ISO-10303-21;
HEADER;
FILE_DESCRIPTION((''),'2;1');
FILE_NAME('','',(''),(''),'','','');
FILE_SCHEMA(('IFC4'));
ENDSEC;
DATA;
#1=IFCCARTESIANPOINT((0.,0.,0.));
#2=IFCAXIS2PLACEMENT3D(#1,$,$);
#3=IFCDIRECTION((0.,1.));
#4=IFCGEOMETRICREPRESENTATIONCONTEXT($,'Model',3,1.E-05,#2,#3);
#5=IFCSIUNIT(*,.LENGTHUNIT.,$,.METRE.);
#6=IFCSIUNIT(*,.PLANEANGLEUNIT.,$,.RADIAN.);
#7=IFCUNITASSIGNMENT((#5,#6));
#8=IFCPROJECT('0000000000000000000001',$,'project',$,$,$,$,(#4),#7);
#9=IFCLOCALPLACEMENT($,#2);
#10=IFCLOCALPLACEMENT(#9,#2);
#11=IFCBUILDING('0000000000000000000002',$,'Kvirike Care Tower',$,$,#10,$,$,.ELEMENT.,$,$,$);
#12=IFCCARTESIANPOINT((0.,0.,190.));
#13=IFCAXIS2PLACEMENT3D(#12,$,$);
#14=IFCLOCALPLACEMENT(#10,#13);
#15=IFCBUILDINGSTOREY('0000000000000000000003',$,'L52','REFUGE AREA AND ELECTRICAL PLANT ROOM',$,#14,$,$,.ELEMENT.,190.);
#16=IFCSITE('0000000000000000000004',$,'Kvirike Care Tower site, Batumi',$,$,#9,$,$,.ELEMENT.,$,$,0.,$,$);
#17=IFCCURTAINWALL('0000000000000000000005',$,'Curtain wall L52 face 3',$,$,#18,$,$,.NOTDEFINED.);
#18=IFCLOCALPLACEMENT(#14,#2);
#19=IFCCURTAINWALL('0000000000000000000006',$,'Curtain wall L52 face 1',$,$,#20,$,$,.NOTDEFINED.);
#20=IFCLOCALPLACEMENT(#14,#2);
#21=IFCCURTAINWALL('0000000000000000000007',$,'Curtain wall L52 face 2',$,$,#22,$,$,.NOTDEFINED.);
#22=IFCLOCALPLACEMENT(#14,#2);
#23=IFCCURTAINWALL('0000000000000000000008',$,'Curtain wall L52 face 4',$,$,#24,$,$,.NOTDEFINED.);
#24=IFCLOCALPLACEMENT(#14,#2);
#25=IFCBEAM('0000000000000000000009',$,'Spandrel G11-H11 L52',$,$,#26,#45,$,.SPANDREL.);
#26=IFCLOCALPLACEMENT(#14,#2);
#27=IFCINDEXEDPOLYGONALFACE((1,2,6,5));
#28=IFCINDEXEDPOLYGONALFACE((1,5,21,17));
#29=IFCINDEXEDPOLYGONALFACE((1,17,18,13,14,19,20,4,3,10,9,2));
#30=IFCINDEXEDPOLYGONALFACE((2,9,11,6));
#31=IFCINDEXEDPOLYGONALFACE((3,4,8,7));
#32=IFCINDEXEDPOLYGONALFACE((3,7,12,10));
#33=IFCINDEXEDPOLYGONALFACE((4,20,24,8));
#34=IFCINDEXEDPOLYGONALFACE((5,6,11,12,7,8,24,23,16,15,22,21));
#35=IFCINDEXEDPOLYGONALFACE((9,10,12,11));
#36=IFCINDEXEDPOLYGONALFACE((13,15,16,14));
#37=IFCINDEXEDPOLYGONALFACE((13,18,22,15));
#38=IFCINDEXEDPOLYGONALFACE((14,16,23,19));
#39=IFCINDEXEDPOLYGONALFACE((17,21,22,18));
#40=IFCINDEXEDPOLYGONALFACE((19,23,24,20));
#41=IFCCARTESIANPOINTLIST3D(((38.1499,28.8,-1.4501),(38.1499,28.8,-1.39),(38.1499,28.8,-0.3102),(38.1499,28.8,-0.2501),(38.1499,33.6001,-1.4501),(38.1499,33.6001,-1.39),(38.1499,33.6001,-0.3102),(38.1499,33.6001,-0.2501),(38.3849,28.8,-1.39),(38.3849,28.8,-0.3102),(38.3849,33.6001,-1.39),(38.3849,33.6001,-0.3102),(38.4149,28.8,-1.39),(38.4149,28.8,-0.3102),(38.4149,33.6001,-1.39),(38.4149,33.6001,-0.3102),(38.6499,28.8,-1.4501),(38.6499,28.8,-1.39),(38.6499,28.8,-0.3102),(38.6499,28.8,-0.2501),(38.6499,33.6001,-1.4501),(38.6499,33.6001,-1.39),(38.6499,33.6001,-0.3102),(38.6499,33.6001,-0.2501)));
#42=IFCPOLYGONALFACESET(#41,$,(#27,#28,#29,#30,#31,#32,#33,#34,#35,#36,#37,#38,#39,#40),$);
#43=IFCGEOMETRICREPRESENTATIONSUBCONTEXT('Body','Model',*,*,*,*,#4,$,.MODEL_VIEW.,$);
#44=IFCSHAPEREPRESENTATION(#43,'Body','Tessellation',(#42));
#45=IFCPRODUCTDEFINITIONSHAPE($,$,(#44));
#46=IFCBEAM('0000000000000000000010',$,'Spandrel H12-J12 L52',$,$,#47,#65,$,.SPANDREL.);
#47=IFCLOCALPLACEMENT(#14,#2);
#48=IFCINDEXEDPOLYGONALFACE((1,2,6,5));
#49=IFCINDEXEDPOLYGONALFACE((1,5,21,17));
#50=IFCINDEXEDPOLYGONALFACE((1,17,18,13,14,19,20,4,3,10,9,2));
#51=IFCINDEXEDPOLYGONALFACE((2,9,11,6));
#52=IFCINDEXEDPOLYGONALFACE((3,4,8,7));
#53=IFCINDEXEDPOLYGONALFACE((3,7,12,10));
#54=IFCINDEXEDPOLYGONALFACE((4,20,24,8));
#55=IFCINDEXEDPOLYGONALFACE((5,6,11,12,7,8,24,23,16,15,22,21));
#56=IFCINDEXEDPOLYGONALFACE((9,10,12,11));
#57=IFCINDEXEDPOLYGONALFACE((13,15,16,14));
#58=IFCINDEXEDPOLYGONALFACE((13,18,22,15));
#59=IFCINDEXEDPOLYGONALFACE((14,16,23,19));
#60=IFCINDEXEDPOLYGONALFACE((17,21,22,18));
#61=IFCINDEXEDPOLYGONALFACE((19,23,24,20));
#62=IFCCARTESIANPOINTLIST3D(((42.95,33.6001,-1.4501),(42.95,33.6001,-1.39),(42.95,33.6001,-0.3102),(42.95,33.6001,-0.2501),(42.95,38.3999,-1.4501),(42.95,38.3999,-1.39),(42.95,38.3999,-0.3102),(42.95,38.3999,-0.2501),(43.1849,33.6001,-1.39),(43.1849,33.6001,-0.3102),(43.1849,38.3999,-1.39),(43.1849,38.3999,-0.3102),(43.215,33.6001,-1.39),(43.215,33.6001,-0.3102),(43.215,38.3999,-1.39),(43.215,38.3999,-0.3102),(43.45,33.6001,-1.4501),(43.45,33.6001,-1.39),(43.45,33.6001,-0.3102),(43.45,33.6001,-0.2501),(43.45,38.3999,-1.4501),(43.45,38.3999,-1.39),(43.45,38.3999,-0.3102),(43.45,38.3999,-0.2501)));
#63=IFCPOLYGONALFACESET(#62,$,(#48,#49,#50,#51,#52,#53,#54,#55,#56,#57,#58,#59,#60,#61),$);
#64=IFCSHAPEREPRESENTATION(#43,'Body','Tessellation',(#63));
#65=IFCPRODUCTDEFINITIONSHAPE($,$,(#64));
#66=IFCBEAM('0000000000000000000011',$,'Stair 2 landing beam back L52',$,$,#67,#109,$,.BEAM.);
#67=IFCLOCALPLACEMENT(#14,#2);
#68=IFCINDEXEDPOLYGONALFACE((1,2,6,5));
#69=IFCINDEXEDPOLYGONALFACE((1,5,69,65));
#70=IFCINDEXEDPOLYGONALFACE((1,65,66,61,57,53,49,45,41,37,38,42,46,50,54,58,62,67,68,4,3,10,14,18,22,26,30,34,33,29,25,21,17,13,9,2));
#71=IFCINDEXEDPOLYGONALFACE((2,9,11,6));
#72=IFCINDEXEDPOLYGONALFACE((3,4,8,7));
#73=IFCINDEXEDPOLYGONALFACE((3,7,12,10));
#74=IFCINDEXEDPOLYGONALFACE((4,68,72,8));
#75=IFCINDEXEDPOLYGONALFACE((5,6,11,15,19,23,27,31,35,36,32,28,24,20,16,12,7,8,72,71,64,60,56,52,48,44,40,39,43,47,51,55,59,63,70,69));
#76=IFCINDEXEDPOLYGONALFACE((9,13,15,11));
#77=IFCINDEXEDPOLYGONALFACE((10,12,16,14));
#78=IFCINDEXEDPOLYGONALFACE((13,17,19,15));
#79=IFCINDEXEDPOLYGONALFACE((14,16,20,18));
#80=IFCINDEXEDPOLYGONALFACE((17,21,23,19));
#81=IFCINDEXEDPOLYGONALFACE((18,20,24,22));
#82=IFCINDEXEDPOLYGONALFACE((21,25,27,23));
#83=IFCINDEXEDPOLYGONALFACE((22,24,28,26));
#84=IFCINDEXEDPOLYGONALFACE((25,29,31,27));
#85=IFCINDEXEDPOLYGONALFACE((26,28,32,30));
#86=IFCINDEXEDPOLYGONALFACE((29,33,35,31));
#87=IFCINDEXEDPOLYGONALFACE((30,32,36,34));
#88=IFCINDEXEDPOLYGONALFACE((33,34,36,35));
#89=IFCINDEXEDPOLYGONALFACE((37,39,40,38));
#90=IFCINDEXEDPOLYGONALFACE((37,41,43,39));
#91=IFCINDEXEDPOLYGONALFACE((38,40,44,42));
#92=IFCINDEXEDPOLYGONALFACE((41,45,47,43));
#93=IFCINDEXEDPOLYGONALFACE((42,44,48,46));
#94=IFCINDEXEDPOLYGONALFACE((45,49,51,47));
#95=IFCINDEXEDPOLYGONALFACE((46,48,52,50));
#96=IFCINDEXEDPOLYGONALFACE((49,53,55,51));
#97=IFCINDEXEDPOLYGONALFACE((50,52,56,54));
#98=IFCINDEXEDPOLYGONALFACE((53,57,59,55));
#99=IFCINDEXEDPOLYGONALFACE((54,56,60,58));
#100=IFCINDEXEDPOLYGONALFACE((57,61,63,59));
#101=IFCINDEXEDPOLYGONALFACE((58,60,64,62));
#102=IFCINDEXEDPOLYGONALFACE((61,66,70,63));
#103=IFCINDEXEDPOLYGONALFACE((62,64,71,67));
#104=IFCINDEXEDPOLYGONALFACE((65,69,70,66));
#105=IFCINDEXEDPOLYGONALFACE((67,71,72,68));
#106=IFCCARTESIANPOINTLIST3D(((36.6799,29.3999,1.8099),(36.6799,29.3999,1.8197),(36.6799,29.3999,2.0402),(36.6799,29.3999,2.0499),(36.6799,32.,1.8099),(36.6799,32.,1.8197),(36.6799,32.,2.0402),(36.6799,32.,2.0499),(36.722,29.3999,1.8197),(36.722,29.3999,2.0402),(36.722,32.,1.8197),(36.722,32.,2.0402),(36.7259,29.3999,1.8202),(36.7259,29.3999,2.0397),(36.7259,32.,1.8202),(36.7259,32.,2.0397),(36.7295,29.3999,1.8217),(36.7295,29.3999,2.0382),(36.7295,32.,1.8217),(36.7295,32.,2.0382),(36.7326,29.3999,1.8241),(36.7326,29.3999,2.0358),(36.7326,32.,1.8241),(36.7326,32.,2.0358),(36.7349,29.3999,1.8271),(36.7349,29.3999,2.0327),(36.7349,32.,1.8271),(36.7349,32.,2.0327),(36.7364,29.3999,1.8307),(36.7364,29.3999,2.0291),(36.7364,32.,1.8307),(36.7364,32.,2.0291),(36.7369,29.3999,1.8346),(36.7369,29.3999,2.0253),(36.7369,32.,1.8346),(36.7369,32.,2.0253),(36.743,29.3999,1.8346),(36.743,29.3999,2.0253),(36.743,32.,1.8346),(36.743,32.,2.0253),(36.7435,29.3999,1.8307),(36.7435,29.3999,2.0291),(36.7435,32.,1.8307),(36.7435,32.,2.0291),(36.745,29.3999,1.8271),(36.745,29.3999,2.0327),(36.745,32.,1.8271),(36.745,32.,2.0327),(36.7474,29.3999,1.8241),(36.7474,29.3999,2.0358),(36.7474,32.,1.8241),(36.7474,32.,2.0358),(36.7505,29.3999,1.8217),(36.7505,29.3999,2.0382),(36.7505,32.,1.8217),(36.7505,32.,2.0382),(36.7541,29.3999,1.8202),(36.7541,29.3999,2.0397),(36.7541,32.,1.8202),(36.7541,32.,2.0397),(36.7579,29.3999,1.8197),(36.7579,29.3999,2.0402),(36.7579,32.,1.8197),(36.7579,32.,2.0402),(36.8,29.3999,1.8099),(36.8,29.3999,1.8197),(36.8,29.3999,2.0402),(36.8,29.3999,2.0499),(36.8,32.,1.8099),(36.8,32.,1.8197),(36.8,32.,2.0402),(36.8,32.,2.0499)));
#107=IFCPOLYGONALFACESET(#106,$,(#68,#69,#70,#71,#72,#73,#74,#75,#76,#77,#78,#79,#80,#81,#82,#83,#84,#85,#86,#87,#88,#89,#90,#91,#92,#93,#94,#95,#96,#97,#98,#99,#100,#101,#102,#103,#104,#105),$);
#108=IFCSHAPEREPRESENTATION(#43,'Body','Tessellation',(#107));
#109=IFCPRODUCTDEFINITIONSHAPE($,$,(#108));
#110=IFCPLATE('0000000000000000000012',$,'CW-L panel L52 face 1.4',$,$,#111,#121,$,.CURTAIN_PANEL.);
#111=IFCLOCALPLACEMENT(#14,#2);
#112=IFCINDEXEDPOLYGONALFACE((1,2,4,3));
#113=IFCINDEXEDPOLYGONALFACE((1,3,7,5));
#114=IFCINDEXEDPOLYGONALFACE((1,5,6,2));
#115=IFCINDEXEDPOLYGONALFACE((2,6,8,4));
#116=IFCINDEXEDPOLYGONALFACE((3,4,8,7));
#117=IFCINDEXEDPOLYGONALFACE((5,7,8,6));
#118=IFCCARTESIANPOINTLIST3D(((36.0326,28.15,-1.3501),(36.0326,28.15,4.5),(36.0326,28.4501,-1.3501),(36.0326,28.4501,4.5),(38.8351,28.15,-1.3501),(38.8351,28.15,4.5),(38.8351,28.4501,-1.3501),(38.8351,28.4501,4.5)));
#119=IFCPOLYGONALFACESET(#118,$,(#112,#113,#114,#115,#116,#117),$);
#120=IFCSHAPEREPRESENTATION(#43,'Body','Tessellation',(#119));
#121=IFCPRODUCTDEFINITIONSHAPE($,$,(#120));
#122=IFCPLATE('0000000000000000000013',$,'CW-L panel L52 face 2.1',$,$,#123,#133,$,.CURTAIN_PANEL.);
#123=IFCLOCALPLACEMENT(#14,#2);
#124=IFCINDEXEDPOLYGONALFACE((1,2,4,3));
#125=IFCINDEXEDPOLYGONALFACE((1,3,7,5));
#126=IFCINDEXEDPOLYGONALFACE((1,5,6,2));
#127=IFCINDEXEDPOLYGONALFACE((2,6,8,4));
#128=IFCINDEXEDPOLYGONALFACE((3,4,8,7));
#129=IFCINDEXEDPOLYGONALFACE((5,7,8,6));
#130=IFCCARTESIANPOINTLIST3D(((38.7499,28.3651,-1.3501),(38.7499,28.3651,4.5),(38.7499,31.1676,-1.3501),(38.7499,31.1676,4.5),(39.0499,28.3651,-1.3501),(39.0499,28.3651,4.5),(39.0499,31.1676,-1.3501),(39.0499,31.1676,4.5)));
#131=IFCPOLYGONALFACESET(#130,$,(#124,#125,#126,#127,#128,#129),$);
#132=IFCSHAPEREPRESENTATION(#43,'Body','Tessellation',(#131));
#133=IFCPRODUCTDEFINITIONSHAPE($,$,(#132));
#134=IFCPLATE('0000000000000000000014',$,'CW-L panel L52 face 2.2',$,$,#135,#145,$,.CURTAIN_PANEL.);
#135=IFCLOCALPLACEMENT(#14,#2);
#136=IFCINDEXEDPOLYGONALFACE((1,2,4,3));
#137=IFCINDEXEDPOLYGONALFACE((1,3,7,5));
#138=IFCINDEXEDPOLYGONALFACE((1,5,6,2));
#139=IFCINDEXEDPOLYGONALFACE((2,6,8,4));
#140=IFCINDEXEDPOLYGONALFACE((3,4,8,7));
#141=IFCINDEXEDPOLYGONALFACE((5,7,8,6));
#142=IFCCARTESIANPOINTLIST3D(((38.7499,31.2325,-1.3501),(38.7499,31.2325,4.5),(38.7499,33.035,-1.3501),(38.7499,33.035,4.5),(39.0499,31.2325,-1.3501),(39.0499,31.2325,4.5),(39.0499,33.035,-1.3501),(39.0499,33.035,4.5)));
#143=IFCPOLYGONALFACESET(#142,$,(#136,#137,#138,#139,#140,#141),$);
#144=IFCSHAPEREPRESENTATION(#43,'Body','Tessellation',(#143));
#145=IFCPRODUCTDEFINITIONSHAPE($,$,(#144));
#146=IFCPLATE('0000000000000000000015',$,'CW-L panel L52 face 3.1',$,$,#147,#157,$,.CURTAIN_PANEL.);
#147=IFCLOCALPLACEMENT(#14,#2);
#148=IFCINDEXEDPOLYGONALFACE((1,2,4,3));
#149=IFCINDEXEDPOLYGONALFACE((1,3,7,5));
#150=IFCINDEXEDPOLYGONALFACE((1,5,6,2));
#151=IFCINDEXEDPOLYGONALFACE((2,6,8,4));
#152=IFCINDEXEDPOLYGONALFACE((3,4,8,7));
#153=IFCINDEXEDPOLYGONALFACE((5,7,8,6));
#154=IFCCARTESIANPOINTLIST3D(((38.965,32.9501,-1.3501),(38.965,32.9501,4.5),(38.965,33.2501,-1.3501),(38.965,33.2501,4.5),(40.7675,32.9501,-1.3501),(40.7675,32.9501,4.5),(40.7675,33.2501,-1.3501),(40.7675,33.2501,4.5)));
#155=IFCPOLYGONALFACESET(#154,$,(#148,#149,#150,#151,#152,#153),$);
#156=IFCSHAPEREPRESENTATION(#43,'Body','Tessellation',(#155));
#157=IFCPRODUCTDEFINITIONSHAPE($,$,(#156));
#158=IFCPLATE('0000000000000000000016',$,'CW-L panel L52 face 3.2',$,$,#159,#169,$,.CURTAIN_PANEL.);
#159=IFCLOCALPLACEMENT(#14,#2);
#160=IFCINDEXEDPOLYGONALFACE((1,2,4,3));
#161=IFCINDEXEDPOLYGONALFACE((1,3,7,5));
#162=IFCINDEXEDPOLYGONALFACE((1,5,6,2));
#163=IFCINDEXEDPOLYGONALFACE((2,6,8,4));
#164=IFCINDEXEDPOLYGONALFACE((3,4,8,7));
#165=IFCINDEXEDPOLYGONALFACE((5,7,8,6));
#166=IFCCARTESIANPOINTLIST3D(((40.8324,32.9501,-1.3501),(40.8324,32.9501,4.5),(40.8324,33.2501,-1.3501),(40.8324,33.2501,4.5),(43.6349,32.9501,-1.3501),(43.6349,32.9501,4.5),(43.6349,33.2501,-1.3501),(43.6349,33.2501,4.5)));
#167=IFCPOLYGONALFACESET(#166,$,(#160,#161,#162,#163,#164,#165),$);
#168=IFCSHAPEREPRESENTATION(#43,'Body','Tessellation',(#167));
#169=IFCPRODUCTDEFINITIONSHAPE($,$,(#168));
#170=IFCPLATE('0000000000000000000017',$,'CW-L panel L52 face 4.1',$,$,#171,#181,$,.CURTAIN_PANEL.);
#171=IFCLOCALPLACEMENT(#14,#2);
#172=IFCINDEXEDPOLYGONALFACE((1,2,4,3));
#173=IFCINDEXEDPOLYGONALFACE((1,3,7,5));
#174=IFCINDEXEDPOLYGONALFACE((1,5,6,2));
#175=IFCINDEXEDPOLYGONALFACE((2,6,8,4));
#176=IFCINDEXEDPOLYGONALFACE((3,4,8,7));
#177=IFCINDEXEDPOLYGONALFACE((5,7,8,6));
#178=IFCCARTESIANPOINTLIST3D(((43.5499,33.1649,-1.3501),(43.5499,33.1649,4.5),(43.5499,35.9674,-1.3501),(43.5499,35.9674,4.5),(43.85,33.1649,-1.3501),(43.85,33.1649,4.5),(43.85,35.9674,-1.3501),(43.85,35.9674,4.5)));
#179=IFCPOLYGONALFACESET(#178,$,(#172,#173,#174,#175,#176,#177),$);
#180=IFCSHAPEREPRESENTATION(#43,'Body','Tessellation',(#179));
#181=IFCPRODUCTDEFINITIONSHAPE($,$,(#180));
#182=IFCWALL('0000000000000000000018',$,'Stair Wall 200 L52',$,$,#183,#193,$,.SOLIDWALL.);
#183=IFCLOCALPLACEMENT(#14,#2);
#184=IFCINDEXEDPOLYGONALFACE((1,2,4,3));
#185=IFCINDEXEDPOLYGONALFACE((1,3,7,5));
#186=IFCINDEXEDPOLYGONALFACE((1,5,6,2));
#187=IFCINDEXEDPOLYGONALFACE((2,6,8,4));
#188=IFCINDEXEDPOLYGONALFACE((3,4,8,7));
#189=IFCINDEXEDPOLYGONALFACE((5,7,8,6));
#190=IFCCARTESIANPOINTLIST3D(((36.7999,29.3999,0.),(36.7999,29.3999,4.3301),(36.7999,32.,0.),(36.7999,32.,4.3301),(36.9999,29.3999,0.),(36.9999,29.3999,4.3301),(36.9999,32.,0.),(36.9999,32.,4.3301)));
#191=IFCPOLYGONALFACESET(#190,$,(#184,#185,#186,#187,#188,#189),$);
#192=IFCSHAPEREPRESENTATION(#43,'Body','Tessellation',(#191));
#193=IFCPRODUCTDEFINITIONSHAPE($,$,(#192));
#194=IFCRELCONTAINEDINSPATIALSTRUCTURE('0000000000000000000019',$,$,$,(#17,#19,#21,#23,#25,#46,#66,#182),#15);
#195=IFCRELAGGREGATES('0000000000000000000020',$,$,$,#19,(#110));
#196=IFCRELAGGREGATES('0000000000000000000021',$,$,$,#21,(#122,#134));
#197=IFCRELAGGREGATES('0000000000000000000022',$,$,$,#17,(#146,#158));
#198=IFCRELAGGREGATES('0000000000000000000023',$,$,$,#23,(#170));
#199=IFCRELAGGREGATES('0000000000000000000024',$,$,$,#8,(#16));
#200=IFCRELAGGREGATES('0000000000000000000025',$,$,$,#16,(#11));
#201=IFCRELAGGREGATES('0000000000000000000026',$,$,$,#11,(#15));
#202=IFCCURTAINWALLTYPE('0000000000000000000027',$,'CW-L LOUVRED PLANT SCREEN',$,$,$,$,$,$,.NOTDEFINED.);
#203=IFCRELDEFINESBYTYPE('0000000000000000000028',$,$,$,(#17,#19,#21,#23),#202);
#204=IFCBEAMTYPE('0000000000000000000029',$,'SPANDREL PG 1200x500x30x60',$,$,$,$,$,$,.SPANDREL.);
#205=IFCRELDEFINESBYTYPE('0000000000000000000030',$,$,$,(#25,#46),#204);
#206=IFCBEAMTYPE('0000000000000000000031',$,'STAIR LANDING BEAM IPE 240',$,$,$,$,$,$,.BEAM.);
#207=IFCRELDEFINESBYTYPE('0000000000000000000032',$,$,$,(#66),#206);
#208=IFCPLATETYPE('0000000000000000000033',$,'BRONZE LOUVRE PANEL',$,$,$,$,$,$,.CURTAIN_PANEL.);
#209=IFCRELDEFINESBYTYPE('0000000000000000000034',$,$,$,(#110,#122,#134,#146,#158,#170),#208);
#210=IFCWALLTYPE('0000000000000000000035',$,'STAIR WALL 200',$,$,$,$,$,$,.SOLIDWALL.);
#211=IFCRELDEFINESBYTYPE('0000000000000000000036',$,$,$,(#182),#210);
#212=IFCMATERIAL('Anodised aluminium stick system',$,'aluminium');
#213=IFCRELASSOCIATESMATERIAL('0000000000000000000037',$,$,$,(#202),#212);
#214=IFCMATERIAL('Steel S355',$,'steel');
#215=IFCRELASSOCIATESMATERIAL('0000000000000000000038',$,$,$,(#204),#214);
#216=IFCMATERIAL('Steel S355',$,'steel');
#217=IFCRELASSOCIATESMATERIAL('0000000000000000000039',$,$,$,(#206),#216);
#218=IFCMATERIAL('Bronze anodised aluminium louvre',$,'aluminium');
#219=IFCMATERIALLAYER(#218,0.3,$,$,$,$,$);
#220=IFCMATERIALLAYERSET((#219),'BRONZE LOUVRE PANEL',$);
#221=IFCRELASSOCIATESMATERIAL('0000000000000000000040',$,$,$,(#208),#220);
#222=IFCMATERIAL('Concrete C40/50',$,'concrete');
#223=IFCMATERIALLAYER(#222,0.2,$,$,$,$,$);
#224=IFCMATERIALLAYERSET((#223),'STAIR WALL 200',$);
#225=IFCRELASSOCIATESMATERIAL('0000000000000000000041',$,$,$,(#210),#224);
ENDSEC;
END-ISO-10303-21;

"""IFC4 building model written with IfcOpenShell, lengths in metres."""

from ifc_helpers import new_model, si_unit, direction, frame, frame_2d, origin, origin_2d, place, context, subcontext, project, spatial, rectangle, i_section, extrude, material, layer, layer_set, material_profile, profile_set, type_object, element, aggregate, save


model = new_model("IFC4")

# Units and contexts
model_context = context("Model", 3, precision=1e-05, world=origin(), true_north=direction((0.0, 1.0)))
body_context = subcontext(model_context, "Body", "Model", "MODEL_VIEW")
ifc_project = project(units=[si_unit("LENGTHUNIT", "METRE"), si_unit("PLANEANGLEUNIT", "RADIAN")], contexts=[model_context])

# Site, building, storey
site_placement = place(None, origin())
site = spatial("IfcSite", under=ifc_project, at=site_placement, Name="Kvirike Care Tower site, Batumi", CompositionType="ELEMENT", RefElevation=0.0)
building_placement = place(site_placement, origin())
building = spatial("IfcBuilding", under=site, at=building_placement, Name="Kvirike Care Tower", CompositionType="ELEMENT")
storey_placement = place(building_placement, frame((0.0, 0.0, 190.0)))
storey = spatial("IfcBuildingStorey", under=building, at=storey_placement, Name="L52", Description="REFUGE AREA AND ELECTRICAL PLANT ROOM", CompositionType="ELEMENT", Elevation=190.0)

# Curtain walls
ifc_material_1 = material(Name="Anodised aluminium stick system", Category="aluminium")
curtain_wall_type = type_object("IfcCurtainWallType", Name="CW-L LOUVRED PLANT SCREEN", PredefinedType="NOTDEFINED", material=ifc_material_1)
curtain_wall_1_placement = place(storey_placement, origin())
curtain_wall_1 = element("IfcCurtainWall", 1, at=curtain_wall_1_placement, inside=storey, type_object=curtain_wall_type, Name="Curtain wall L52 face 3", PredefinedType="NOTDEFINED")
curtain_wall_2_placement = place(storey_placement, origin())
curtain_wall_2 = element("IfcCurtainWall", 2, at=curtain_wall_2_placement, inside=storey, type_object=curtain_wall_type, Name="Curtain wall L52 face 1", PredefinedType="NOTDEFINED")

# Curtain wall
curtain_wall_3_placement = place(storey_placement, origin())
curtain_wall_3 = element("IfcCurtainWall", 3, at=curtain_wall_3_placement, inside=storey, type_object=curtain_wall_type, Name="Curtain wall L52 face 2", PredefinedType="NOTDEFINED")

# Curtain wall
curtain_wall_4_placement = place(storey_placement, origin())
curtain_wall_4 = element("IfcCurtainWall", 4, at=curtain_wall_4_placement, inside=storey, type_object=curtain_wall_type, Name="Curtain wall L52 face 4", PredefinedType="NOTDEFINED")

# Beams
ifc_material_2 = material(Name="Steel S355", Category="steel")
ifc_material_profile_1 = material_profile(ifc_material_2, i_section(OverallWidth=0.5, OverallDepth=1.2, WebThickness=0.03, FlangeThickness=0.0601, at=origin_2d()), Name="PG 1200x500x30x60")
ifc_profile_set_1 = profile_set([ifc_material_profile_1], Name="Steel S355")
beam_type_1 = type_object("IfcBeamType", Name="SPANDREL PG 1200x500x30x60", PredefinedType="SPANDREL", material=ifc_profile_set_1)
for number, where, z_axis, x_axis, name in (
    (5, (38.3999, 28.8, -0.8501), (0.0, 1.0, 0.0), (-1.0, 0.0, 0.0), "Spandrel G11-H11 L52"),
):
    element("IfcBeam", number, at=place(storey_placement, frame(where, z_axis=z_axis, x_axis=x_axis)), inside=storey, type_object=beam_type_1, Name=name, PredefinedType="SPANDREL", context=body_context, shape_type="SweptSolid", body=[
        extrude(i_section(OverallWidth=0.5, OverallDepth=1.2, WebThickness=0.03, FlangeThickness=0.0601, at=origin_2d()), origin(), (0.0, 0.0, 1.0), 4.8),
    ])
beam_1_placement = place(storey_placement, frame((43.2, 33.6001, -0.8501), z_axis=(0.0, 1.0, 0.0), x_axis=(-1.0, 0.0, 0.0)))
element("IfcBeam", 6, at=beam_1_placement, inside=storey, type_object=beam_type_1, Name="Spandrel H12-J12 L52", PredefinedType="SPANDREL", context=body_context, shape_type="SweptSolid", body=[
    extrude(i_section(OverallWidth=0.5, OverallDepth=1.2, WebThickness=0.03, FlangeThickness=0.0601, at=origin_2d()), origin(), (0.0, 0.0, 1.0), 4.7998),
])
ifc_material_3 = material(Name="Steel S355", Category="steel")
ifc_material_profile_2 = material_profile(ifc_material_3, i_section(OverallWidth=0.1201, OverallDepth=0.24, WebThickness=0.0061, FlangeThickness=0.0098, FilletRadius=0.0149, at=origin_2d()), Name="IPE 240")
ifc_profile_set_2 = profile_set([ifc_material_profile_2], Name="Steel S355")
beam_type_2 = type_object("IfcBeamType", Name="STAIR LANDING BEAM IPE 240", PredefinedType="BEAM", material=ifc_profile_set_2)
beam_2_placement = place(storey_placement, frame((36.74, 29.3999, 1.9299), z_axis=(0.0, 1.0, 0.0), x_axis=(-1.0, 0.0, 0.0)))
element("IfcBeam", 7, at=beam_2_placement, inside=storey, type_object=beam_type_2, Name="Stair 2 landing beam back L52", PredefinedType="BEAM", context=body_context, shape_type="SweptSolid", body=[
    extrude(i_section(OverallWidth=0.1201, OverallDepth=0.24, WebThickness=0.0061, FlangeThickness=0.0098, FilletRadius=0.0149, at=origin_2d()), origin(), (0.0, 0.0, 1.0), 2.6001),
])

# Plates
ifc_material_4 = material(Name="Bronze anodised aluminium louvre", Category="aluminium")
ifc_layer_1 = layer(ifc_material_4, 0.3)
ifc_layer_set_1 = layer_set([ifc_layer_1], Name="BRONZE LOUVRE PANEL")
plate_type = type_object("IfcPlateType", Name="BRONZE LOUVRE PANEL", PredefinedType="CURTAIN_PANEL", material=ifc_layer_set_1)
plate_1_placement = place(storey_placement, frame((37.4338, 28.3, -1.3501), z_axis=(0.0, 0.0, 1.0), x_axis=(1.0, 0.0, 0.0)))
plate_1 = element("IfcPlate", 8, at=plate_1_placement, type_object=plate_type, Name="CW-L panel L52 face 1.4", PredefinedType="CURTAIN_PANEL", context=body_context, shape_type="SweptSolid", body=[
    extrude(rectangle(XDim=2.8025, YDim=0.3, at=origin_2d()), origin(), (0.0, 0.0, 1.0), 5.8501),
])
aggregate(curtain_wall_2, [plate_1])
plate_2_placement = place(storey_placement, frame((38.8999, 29.7664, -1.3501), z_axis=(0.0, 0.0, 1.0), x_axis=(0.0, 1.0, 0.0)))
plate_2 = element("IfcPlate", 9, at=plate_2_placement, type_object=plate_type, Name="CW-L panel L52 face 2.1", PredefinedType="CURTAIN_PANEL", context=body_context, shape_type="SweptSolid", body=[
    extrude(rectangle(XDim=2.8025, YDim=0.3, at=origin_2d()), origin(), (0.0, 0.0, 1.0), 5.8501),
])
plate_3_placement = place(storey_placement, frame((38.8999, 32.1338, -1.3501), z_axis=(0.0, 0.0, 1.0), x_axis=(0.0, 1.0, 0.0)))
plate_3 = element("IfcPlate", 10, at=plate_3_placement, type_object=plate_type, Name="CW-L panel L52 face 2.2", PredefinedType="CURTAIN_PANEL", context=body_context, shape_type="SweptSolid", body=[
    extrude(rectangle(XDim=1.8025, YDim=0.3, at=origin_2d()), origin(), (0.0, 0.0, 1.0), 5.8501),
])
aggregate(curtain_wall_3, [plate_2, plate_3])
plate_4_placement = place(storey_placement, frame((39.8662, 33.1001, -1.3501), z_axis=(0.0, 0.0, 1.0), x_axis=(1.0, 0.0, 0.0)))
plate_4 = element("IfcPlate", 11, at=plate_4_placement, type_object=plate_type, Name="CW-L panel L52 face 3.1", PredefinedType="CURTAIN_PANEL", context=body_context, shape_type="SweptSolid", body=[
    extrude(rectangle(XDim=1.8025, YDim=0.3, at=origin_2d()), origin(), (0.0, 0.0, 1.0), 5.8501),
])
plate_5_placement = place(storey_placement, frame((42.2336, 33.1001, -1.3501), z_axis=(0.0, 0.0, 1.0), x_axis=(1.0, 0.0, 0.0)))
plate_5 = element("IfcPlate", 12, at=plate_5_placement, type_object=plate_type, Name="CW-L panel L52 face 3.2", PredefinedType="CURTAIN_PANEL", context=body_context, shape_type="SweptSolid", body=[
    extrude(rectangle(XDim=2.8025, YDim=0.3, at=origin_2d()), origin(), (0.0, 0.0, 1.0), 5.8501),
])
aggregate(curtain_wall_1, [plate_4, plate_5])
plate_6_placement = place(storey_placement, frame((43.7, 34.5662, -1.3501), z_axis=(0.0, 0.0, 1.0), x_axis=(0.0, 1.0, 0.0)))
plate_6 = element("IfcPlate", 13, at=plate_6_placement, type_object=plate_type, Name="CW-L panel L52 face 4.1", PredefinedType="CURTAIN_PANEL", context=body_context, shape_type="SweptSolid", body=[
    extrude(rectangle(XDim=2.8025, YDim=0.3, at=origin_2d()), origin(), (0.0, 0.0, 1.0), 5.8501),
])
aggregate(curtain_wall_4, [plate_6])

# Wall
ifc_material_5 = material(Name="Concrete C40/50", Category="concrete")
ifc_layer_2 = layer(ifc_material_5, 0.2)
ifc_layer_set_2 = layer_set([ifc_layer_2], Name="STAIR WALL 200")
wall_type = type_object("IfcWallType", Name="STAIR WALL 200", PredefinedType="SOLIDWALL", material=ifc_layer_set_2)
wall_placement = place(storey_placement, frame((36.8999, 29.3999, 0.0), z_axis=(0.0, 0.0, 1.0), x_axis=(0.0, 1.0, 0.0)))
element("IfcWall", 14, at=wall_placement, inside=storey, type_object=wall_type, Name="Stair Wall 200 L52", PredefinedType="SOLIDWALL", context=body_context, shape_type="SweptSolid", body=[
    extrude(rectangle(XDim=2.6001, YDim=0.2, at=frame_2d((1.3, 0.0))), origin(), (0.0, 0.0, 1.0), 4.3301),
])

save(model, "model.ifc")
